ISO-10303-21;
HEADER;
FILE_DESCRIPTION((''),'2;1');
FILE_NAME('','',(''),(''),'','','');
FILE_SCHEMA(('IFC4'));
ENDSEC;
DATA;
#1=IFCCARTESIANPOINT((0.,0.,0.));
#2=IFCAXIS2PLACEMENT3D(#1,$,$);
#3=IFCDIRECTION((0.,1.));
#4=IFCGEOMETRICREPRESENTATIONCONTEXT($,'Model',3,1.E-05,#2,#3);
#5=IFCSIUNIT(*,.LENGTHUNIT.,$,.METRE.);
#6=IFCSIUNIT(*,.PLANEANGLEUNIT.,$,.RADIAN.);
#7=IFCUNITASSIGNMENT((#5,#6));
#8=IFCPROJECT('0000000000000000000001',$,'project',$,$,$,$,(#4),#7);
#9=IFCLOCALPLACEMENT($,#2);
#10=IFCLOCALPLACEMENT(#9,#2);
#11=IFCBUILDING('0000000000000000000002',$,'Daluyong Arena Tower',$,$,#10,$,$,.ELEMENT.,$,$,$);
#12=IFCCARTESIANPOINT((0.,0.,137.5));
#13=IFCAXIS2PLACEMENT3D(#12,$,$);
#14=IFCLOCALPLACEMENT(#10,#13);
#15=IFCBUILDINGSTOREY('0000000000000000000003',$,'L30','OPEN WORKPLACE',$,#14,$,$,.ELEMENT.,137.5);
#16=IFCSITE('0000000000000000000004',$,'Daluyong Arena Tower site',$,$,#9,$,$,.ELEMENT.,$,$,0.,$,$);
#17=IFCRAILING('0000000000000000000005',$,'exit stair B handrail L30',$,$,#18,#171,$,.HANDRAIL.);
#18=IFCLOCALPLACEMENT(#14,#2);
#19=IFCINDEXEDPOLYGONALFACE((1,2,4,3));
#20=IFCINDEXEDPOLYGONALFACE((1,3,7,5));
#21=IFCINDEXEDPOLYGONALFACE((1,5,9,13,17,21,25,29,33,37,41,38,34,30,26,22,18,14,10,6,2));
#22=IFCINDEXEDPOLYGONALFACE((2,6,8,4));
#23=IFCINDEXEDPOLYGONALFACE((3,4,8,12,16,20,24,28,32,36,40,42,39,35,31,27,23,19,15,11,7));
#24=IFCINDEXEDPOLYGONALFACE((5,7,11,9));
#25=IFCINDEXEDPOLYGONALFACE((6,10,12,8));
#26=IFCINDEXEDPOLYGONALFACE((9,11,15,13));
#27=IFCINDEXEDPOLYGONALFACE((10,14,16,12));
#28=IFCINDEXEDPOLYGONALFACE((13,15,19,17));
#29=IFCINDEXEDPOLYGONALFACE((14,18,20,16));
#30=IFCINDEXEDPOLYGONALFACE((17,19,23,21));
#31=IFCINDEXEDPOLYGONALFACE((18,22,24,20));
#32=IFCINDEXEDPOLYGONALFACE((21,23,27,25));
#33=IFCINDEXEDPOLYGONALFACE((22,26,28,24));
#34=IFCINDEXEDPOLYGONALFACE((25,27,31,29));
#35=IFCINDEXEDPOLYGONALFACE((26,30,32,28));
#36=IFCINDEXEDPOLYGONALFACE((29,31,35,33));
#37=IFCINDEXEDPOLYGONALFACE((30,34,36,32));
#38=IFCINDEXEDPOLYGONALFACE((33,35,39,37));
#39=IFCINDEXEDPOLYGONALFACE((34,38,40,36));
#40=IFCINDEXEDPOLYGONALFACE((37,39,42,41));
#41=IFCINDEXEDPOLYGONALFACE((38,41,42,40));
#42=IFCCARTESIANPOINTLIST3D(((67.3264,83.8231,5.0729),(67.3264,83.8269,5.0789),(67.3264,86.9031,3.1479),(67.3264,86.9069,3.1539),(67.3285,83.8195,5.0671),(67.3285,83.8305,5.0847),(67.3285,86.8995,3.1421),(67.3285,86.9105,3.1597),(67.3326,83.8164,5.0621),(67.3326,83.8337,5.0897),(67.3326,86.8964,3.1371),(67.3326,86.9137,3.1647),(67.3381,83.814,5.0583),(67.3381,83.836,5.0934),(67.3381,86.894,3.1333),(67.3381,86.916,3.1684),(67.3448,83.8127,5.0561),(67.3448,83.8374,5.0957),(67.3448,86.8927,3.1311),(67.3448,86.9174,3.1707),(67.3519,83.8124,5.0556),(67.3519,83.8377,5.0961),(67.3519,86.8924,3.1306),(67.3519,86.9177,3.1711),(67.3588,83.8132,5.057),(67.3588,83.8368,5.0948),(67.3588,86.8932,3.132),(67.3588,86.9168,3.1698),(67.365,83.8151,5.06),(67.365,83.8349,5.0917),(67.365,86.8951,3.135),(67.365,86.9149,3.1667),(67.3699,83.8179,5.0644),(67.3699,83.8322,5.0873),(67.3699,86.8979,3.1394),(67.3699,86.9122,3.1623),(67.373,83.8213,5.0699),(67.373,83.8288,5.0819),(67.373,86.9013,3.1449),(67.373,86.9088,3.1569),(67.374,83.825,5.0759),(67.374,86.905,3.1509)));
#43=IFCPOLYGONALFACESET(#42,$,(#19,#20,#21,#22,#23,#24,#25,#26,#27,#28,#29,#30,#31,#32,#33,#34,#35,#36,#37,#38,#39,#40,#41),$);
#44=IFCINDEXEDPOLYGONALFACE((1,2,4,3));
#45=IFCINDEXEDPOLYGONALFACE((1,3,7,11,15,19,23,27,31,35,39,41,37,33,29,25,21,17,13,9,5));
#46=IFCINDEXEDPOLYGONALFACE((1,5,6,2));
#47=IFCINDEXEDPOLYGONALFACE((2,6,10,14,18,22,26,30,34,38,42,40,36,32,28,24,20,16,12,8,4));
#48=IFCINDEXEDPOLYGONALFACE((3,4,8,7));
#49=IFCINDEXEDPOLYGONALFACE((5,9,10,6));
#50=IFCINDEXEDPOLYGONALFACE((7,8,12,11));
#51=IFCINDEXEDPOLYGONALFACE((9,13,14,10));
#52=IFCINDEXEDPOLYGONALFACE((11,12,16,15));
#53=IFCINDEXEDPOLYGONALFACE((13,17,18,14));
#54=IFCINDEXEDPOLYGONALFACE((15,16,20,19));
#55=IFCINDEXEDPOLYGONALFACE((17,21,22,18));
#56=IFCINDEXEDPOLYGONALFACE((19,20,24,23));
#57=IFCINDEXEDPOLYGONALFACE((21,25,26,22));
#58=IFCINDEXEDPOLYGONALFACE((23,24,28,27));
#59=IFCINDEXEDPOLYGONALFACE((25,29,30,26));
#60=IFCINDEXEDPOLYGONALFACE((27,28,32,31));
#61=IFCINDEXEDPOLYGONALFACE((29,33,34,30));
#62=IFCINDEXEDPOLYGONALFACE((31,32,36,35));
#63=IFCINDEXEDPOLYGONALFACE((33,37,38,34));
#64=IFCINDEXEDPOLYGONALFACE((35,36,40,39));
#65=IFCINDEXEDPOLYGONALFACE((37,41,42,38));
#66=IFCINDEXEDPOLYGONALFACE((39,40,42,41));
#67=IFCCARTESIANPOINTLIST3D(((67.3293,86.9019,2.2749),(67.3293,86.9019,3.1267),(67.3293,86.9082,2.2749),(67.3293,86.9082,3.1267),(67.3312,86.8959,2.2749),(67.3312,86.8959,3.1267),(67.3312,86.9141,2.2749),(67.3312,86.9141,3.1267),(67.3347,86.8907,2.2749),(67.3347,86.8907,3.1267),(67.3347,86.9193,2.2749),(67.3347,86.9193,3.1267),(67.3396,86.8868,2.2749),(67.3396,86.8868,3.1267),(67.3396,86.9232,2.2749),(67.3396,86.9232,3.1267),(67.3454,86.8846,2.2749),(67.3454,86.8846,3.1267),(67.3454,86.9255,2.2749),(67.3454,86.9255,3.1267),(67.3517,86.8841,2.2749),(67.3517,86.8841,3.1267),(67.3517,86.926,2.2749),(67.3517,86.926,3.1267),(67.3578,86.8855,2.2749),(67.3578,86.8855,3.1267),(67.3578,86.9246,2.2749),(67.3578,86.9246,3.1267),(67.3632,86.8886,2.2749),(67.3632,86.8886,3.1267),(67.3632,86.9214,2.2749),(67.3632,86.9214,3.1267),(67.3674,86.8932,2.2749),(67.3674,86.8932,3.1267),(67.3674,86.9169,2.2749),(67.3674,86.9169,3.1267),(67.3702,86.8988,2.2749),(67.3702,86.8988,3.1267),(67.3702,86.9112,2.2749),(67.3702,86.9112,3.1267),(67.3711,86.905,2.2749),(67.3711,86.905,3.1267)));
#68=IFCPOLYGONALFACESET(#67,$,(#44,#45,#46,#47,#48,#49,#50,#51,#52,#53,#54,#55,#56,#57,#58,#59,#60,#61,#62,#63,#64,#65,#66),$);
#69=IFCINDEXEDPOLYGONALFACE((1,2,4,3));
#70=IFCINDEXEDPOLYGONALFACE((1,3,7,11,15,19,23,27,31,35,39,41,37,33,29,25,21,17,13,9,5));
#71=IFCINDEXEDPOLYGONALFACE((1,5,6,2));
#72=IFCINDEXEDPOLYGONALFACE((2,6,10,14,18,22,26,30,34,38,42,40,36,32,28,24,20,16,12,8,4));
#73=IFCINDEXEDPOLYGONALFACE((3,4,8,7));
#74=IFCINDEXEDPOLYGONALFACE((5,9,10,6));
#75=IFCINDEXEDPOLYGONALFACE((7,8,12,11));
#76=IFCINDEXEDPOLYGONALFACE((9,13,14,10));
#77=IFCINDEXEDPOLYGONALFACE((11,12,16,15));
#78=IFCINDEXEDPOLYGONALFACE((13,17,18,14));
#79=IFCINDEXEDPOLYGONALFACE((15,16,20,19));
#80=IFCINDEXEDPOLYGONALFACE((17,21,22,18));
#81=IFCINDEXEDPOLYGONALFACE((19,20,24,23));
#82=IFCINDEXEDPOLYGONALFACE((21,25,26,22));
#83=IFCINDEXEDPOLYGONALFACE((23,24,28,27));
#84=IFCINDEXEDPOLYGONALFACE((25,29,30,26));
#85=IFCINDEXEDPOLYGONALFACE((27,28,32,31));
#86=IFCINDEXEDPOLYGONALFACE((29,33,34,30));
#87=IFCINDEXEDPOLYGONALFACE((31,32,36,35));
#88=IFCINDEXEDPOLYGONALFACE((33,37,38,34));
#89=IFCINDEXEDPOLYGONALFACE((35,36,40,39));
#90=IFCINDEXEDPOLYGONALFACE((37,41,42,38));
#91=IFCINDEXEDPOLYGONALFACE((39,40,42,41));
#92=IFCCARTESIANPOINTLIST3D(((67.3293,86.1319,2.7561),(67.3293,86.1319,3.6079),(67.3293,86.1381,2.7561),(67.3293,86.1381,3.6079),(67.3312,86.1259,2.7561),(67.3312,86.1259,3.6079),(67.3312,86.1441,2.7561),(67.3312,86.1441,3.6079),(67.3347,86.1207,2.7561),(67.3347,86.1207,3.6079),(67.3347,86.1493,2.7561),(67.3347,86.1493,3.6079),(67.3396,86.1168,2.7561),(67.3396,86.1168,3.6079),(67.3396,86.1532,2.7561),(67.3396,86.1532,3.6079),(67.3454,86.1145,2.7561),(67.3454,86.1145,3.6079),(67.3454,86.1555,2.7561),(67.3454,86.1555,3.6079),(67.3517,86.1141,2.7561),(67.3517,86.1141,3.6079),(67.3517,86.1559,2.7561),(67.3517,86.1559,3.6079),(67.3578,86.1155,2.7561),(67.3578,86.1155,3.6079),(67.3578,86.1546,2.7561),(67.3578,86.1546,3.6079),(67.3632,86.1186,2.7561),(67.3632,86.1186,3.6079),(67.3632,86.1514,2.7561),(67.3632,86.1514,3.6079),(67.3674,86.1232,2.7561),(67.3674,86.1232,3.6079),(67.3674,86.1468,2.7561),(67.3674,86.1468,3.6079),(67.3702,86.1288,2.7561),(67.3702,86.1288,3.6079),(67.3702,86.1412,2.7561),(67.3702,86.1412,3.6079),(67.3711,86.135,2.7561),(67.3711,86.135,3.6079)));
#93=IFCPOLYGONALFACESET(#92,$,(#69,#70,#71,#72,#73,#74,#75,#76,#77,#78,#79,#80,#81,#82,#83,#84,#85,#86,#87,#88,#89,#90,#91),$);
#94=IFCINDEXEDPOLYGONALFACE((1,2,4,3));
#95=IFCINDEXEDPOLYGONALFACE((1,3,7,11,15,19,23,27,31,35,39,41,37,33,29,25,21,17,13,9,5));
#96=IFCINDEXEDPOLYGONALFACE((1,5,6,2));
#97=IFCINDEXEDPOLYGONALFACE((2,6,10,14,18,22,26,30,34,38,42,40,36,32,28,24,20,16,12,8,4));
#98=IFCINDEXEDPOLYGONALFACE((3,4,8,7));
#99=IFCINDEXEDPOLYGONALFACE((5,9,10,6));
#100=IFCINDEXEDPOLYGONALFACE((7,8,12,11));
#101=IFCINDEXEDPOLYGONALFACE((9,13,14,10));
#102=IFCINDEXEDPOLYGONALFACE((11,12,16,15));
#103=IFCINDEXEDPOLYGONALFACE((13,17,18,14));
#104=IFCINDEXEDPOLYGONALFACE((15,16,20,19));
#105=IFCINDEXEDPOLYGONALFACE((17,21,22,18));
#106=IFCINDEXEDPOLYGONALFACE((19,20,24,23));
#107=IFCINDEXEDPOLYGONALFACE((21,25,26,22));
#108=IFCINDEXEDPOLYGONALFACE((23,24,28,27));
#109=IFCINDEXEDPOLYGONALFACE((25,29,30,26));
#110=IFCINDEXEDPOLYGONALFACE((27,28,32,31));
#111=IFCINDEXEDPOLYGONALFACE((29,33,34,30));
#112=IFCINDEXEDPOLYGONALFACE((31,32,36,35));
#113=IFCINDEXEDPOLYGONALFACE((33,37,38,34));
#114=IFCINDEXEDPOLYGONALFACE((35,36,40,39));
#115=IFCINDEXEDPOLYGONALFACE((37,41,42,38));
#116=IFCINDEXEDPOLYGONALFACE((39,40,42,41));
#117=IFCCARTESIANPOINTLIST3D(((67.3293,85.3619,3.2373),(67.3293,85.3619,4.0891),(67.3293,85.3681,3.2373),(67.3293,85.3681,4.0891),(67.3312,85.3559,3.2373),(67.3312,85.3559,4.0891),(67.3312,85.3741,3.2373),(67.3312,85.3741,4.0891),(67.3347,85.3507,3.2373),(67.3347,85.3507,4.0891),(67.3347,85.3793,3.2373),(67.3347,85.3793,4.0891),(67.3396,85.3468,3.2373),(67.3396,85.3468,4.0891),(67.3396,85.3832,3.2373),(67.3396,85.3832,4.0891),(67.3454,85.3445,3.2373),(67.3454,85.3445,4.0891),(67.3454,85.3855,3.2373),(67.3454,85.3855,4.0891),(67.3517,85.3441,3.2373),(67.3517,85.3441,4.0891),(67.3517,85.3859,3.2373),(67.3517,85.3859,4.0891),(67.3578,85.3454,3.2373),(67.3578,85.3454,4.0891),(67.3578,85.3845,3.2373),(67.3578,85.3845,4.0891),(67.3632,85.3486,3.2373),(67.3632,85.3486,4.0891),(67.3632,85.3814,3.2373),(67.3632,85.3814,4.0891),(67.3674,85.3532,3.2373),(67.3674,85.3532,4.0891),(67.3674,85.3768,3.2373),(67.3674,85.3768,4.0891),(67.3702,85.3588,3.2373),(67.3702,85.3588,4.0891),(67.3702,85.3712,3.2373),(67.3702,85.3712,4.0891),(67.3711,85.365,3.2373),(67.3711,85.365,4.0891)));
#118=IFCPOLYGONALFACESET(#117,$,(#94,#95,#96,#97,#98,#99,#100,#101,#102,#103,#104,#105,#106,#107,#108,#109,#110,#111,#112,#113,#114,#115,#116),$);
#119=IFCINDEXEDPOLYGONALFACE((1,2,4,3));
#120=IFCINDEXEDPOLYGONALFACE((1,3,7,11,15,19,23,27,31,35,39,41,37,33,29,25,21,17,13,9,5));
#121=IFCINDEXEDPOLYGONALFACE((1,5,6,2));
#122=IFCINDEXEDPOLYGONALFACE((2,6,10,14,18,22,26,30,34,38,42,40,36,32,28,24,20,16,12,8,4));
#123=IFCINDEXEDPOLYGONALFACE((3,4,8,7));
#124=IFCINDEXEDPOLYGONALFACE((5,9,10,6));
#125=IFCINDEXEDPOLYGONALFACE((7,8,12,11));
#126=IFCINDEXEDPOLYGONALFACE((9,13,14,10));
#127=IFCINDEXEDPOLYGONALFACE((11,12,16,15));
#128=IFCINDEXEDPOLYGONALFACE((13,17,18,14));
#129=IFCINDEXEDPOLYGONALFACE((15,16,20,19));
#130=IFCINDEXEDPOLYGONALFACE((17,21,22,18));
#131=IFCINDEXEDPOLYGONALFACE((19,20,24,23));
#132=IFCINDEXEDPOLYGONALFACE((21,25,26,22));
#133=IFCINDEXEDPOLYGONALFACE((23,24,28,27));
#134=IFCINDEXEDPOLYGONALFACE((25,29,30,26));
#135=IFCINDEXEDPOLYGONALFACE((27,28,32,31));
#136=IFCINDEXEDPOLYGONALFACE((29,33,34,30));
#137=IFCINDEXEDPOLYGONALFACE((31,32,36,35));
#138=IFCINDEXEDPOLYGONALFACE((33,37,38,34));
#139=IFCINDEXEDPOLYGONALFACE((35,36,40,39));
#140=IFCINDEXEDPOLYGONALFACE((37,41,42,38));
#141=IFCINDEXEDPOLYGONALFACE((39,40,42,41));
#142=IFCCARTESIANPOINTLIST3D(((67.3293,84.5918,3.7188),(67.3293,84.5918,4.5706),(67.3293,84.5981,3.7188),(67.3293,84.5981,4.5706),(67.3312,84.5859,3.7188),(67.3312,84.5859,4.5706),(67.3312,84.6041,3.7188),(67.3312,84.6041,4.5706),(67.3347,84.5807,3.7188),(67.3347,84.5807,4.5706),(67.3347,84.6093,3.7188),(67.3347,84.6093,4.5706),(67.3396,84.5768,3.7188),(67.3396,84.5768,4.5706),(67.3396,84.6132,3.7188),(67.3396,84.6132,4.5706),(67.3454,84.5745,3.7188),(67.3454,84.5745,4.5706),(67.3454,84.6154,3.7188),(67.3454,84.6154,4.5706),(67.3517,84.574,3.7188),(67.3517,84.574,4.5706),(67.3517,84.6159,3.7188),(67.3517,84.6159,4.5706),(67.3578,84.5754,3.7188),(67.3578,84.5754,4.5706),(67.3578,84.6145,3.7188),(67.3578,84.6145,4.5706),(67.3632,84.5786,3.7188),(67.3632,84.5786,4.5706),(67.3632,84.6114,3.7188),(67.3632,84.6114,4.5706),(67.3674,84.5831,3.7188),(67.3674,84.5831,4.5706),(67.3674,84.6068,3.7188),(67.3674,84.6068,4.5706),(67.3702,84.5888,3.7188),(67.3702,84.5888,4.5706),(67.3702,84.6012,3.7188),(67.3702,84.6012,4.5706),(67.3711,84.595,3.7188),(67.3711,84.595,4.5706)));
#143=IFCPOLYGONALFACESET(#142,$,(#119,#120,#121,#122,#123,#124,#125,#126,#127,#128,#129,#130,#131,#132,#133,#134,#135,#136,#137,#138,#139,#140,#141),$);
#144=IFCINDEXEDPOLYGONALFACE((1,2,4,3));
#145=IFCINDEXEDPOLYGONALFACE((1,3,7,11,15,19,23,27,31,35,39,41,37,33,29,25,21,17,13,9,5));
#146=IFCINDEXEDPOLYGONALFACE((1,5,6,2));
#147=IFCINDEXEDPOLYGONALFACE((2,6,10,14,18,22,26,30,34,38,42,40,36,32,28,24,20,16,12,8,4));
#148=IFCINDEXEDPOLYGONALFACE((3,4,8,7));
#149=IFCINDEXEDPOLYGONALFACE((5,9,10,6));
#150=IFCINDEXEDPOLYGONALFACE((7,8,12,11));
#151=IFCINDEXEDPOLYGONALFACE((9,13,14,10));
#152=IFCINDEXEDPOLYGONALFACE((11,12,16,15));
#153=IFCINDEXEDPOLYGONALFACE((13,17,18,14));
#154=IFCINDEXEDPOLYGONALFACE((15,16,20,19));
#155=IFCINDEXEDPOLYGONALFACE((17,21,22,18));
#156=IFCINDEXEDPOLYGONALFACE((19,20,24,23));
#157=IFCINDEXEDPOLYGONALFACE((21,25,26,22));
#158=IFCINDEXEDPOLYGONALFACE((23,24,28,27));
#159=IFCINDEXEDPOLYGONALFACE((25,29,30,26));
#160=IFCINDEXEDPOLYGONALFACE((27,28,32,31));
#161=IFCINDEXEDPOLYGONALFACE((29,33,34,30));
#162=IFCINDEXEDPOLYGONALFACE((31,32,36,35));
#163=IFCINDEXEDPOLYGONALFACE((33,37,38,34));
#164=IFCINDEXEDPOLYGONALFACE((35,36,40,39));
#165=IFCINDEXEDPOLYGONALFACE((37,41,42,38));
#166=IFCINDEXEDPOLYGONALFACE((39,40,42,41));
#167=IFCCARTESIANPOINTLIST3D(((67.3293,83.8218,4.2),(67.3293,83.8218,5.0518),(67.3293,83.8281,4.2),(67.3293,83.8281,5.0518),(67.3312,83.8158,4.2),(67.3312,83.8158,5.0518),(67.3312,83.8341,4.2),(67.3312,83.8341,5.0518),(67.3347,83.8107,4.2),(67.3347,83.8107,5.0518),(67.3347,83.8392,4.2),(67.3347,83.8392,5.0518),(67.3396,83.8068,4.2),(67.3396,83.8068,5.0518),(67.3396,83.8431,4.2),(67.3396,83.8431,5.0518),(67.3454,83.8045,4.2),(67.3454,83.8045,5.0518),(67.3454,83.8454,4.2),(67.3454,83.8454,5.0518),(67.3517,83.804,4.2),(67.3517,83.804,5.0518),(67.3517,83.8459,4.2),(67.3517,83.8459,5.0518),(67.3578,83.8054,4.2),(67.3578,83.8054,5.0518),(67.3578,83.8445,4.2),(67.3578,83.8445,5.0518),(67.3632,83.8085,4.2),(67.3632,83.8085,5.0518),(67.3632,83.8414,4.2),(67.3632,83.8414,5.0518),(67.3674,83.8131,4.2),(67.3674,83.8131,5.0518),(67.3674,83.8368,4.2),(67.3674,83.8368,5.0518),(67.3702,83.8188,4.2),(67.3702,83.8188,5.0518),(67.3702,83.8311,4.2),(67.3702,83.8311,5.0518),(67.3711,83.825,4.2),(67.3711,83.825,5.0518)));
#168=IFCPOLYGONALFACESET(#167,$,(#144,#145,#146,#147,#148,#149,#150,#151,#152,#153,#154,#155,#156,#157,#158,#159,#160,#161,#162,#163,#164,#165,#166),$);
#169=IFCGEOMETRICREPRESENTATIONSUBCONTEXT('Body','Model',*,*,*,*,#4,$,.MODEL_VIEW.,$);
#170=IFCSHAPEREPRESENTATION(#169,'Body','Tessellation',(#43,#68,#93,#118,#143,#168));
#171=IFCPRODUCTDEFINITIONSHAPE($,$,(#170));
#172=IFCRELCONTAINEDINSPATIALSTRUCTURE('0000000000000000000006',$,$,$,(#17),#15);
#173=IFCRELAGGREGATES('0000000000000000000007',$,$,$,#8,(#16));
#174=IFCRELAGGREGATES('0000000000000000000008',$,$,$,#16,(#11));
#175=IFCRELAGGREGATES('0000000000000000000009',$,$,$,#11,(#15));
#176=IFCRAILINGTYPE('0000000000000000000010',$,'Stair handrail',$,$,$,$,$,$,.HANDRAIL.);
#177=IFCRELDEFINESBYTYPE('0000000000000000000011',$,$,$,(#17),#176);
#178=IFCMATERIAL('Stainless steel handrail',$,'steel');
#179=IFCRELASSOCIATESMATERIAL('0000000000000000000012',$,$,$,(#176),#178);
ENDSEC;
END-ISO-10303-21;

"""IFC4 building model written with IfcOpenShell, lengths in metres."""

from ifc_helpers import new_model, si_unit, direction, frame, origin, origin_2d, place, context, subcontext, project, spatial, circle, extrude, material, type_object, element, save


model = new_model("IFC4")

# Units and contexts
model_context = context("Model", 3, precision=1e-05, world=origin(), true_north=direction((0.0, 1.0)))
body_context = subcontext(model_context, "Body", "Model", "MODEL_VIEW")
ifc_project = project(units=[si_unit("LENGTHUNIT", "METRE"), si_unit("PLANEANGLEUNIT", "RADIAN")], contexts=[model_context])

# Site, building, storey
site_placement = place(None, origin())
site = spatial("IfcSite", under=ifc_project, at=site_placement, Name="Daluyong Arena Tower site", CompositionType="ELEMENT", RefElevation=0.0)
building_placement = place(site_placement, origin())
building = spatial("IfcBuilding", under=site, at=building_placement, Name="Daluyong Arena Tower", CompositionType="ELEMENT")
storey_placement = place(building_placement, frame((0.0, 0.0, 137.5)))
storey = spatial("IfcBuildingStorey", under=building, at=storey_placement, Name="L30", Description="OPEN WORKPLACE", CompositionType="ELEMENT", Elevation=137.5)

# Railing
ifc_material_1 = material(Name="Stainless steel handrail", Category="steel")
railing_type_1 = type_object("IfcRailingType", Name="Stair handrail", PredefinedType="HANDRAIL", material=ifc_material_1)
railing_1_placement = place(storey_placement, frame((67.3501, 86.905, 2.2749)))
element("IfcRailing", 1, at=railing_1_placement, inside=storey, type_object=railing_type_1, Name="exit stair B handrail L30", PredefinedType="HANDRAIL", context=body_context, shape_type="SweptSolid", body=[
    extrude(circle(Radius=0.0239, at=origin_2d()), frame((0.0, 0.0, 0.876), z_axis=(0.0, -0.847998, 0.529999), x_axis=(1.0, 0.0, 0.0)), (0.0, 0.0, 1.0), 3.6321),
    extrude(circle(Radius=0.021, at=origin_2d()), origin(), (0.0, 0.0, 1.0), 0.8518),
    extrude(circle(Radius=0.021, at=origin_2d()), frame((0.0, -0.77, 0.4812)), (0.0, 0.0, 1.0), 0.8518),
    extrude(circle(Radius=0.021, at=origin_2d()), frame((0.0, -1.54, 0.9624)), (0.0, 0.0, 1.0), 0.8518),
    extrude(circle(Radius=0.021, at=origin_2d()), frame((0.0, -2.3101, 1.4438)), (0.0, 0.0, 1.0), 0.8518),
    extrude(circle(Radius=0.021, at=origin_2d()), frame((0.0, -3.0801, 1.925)), (0.0, 0.0, 1.0), 0.8518),
])

save(model, "model.ifc")
